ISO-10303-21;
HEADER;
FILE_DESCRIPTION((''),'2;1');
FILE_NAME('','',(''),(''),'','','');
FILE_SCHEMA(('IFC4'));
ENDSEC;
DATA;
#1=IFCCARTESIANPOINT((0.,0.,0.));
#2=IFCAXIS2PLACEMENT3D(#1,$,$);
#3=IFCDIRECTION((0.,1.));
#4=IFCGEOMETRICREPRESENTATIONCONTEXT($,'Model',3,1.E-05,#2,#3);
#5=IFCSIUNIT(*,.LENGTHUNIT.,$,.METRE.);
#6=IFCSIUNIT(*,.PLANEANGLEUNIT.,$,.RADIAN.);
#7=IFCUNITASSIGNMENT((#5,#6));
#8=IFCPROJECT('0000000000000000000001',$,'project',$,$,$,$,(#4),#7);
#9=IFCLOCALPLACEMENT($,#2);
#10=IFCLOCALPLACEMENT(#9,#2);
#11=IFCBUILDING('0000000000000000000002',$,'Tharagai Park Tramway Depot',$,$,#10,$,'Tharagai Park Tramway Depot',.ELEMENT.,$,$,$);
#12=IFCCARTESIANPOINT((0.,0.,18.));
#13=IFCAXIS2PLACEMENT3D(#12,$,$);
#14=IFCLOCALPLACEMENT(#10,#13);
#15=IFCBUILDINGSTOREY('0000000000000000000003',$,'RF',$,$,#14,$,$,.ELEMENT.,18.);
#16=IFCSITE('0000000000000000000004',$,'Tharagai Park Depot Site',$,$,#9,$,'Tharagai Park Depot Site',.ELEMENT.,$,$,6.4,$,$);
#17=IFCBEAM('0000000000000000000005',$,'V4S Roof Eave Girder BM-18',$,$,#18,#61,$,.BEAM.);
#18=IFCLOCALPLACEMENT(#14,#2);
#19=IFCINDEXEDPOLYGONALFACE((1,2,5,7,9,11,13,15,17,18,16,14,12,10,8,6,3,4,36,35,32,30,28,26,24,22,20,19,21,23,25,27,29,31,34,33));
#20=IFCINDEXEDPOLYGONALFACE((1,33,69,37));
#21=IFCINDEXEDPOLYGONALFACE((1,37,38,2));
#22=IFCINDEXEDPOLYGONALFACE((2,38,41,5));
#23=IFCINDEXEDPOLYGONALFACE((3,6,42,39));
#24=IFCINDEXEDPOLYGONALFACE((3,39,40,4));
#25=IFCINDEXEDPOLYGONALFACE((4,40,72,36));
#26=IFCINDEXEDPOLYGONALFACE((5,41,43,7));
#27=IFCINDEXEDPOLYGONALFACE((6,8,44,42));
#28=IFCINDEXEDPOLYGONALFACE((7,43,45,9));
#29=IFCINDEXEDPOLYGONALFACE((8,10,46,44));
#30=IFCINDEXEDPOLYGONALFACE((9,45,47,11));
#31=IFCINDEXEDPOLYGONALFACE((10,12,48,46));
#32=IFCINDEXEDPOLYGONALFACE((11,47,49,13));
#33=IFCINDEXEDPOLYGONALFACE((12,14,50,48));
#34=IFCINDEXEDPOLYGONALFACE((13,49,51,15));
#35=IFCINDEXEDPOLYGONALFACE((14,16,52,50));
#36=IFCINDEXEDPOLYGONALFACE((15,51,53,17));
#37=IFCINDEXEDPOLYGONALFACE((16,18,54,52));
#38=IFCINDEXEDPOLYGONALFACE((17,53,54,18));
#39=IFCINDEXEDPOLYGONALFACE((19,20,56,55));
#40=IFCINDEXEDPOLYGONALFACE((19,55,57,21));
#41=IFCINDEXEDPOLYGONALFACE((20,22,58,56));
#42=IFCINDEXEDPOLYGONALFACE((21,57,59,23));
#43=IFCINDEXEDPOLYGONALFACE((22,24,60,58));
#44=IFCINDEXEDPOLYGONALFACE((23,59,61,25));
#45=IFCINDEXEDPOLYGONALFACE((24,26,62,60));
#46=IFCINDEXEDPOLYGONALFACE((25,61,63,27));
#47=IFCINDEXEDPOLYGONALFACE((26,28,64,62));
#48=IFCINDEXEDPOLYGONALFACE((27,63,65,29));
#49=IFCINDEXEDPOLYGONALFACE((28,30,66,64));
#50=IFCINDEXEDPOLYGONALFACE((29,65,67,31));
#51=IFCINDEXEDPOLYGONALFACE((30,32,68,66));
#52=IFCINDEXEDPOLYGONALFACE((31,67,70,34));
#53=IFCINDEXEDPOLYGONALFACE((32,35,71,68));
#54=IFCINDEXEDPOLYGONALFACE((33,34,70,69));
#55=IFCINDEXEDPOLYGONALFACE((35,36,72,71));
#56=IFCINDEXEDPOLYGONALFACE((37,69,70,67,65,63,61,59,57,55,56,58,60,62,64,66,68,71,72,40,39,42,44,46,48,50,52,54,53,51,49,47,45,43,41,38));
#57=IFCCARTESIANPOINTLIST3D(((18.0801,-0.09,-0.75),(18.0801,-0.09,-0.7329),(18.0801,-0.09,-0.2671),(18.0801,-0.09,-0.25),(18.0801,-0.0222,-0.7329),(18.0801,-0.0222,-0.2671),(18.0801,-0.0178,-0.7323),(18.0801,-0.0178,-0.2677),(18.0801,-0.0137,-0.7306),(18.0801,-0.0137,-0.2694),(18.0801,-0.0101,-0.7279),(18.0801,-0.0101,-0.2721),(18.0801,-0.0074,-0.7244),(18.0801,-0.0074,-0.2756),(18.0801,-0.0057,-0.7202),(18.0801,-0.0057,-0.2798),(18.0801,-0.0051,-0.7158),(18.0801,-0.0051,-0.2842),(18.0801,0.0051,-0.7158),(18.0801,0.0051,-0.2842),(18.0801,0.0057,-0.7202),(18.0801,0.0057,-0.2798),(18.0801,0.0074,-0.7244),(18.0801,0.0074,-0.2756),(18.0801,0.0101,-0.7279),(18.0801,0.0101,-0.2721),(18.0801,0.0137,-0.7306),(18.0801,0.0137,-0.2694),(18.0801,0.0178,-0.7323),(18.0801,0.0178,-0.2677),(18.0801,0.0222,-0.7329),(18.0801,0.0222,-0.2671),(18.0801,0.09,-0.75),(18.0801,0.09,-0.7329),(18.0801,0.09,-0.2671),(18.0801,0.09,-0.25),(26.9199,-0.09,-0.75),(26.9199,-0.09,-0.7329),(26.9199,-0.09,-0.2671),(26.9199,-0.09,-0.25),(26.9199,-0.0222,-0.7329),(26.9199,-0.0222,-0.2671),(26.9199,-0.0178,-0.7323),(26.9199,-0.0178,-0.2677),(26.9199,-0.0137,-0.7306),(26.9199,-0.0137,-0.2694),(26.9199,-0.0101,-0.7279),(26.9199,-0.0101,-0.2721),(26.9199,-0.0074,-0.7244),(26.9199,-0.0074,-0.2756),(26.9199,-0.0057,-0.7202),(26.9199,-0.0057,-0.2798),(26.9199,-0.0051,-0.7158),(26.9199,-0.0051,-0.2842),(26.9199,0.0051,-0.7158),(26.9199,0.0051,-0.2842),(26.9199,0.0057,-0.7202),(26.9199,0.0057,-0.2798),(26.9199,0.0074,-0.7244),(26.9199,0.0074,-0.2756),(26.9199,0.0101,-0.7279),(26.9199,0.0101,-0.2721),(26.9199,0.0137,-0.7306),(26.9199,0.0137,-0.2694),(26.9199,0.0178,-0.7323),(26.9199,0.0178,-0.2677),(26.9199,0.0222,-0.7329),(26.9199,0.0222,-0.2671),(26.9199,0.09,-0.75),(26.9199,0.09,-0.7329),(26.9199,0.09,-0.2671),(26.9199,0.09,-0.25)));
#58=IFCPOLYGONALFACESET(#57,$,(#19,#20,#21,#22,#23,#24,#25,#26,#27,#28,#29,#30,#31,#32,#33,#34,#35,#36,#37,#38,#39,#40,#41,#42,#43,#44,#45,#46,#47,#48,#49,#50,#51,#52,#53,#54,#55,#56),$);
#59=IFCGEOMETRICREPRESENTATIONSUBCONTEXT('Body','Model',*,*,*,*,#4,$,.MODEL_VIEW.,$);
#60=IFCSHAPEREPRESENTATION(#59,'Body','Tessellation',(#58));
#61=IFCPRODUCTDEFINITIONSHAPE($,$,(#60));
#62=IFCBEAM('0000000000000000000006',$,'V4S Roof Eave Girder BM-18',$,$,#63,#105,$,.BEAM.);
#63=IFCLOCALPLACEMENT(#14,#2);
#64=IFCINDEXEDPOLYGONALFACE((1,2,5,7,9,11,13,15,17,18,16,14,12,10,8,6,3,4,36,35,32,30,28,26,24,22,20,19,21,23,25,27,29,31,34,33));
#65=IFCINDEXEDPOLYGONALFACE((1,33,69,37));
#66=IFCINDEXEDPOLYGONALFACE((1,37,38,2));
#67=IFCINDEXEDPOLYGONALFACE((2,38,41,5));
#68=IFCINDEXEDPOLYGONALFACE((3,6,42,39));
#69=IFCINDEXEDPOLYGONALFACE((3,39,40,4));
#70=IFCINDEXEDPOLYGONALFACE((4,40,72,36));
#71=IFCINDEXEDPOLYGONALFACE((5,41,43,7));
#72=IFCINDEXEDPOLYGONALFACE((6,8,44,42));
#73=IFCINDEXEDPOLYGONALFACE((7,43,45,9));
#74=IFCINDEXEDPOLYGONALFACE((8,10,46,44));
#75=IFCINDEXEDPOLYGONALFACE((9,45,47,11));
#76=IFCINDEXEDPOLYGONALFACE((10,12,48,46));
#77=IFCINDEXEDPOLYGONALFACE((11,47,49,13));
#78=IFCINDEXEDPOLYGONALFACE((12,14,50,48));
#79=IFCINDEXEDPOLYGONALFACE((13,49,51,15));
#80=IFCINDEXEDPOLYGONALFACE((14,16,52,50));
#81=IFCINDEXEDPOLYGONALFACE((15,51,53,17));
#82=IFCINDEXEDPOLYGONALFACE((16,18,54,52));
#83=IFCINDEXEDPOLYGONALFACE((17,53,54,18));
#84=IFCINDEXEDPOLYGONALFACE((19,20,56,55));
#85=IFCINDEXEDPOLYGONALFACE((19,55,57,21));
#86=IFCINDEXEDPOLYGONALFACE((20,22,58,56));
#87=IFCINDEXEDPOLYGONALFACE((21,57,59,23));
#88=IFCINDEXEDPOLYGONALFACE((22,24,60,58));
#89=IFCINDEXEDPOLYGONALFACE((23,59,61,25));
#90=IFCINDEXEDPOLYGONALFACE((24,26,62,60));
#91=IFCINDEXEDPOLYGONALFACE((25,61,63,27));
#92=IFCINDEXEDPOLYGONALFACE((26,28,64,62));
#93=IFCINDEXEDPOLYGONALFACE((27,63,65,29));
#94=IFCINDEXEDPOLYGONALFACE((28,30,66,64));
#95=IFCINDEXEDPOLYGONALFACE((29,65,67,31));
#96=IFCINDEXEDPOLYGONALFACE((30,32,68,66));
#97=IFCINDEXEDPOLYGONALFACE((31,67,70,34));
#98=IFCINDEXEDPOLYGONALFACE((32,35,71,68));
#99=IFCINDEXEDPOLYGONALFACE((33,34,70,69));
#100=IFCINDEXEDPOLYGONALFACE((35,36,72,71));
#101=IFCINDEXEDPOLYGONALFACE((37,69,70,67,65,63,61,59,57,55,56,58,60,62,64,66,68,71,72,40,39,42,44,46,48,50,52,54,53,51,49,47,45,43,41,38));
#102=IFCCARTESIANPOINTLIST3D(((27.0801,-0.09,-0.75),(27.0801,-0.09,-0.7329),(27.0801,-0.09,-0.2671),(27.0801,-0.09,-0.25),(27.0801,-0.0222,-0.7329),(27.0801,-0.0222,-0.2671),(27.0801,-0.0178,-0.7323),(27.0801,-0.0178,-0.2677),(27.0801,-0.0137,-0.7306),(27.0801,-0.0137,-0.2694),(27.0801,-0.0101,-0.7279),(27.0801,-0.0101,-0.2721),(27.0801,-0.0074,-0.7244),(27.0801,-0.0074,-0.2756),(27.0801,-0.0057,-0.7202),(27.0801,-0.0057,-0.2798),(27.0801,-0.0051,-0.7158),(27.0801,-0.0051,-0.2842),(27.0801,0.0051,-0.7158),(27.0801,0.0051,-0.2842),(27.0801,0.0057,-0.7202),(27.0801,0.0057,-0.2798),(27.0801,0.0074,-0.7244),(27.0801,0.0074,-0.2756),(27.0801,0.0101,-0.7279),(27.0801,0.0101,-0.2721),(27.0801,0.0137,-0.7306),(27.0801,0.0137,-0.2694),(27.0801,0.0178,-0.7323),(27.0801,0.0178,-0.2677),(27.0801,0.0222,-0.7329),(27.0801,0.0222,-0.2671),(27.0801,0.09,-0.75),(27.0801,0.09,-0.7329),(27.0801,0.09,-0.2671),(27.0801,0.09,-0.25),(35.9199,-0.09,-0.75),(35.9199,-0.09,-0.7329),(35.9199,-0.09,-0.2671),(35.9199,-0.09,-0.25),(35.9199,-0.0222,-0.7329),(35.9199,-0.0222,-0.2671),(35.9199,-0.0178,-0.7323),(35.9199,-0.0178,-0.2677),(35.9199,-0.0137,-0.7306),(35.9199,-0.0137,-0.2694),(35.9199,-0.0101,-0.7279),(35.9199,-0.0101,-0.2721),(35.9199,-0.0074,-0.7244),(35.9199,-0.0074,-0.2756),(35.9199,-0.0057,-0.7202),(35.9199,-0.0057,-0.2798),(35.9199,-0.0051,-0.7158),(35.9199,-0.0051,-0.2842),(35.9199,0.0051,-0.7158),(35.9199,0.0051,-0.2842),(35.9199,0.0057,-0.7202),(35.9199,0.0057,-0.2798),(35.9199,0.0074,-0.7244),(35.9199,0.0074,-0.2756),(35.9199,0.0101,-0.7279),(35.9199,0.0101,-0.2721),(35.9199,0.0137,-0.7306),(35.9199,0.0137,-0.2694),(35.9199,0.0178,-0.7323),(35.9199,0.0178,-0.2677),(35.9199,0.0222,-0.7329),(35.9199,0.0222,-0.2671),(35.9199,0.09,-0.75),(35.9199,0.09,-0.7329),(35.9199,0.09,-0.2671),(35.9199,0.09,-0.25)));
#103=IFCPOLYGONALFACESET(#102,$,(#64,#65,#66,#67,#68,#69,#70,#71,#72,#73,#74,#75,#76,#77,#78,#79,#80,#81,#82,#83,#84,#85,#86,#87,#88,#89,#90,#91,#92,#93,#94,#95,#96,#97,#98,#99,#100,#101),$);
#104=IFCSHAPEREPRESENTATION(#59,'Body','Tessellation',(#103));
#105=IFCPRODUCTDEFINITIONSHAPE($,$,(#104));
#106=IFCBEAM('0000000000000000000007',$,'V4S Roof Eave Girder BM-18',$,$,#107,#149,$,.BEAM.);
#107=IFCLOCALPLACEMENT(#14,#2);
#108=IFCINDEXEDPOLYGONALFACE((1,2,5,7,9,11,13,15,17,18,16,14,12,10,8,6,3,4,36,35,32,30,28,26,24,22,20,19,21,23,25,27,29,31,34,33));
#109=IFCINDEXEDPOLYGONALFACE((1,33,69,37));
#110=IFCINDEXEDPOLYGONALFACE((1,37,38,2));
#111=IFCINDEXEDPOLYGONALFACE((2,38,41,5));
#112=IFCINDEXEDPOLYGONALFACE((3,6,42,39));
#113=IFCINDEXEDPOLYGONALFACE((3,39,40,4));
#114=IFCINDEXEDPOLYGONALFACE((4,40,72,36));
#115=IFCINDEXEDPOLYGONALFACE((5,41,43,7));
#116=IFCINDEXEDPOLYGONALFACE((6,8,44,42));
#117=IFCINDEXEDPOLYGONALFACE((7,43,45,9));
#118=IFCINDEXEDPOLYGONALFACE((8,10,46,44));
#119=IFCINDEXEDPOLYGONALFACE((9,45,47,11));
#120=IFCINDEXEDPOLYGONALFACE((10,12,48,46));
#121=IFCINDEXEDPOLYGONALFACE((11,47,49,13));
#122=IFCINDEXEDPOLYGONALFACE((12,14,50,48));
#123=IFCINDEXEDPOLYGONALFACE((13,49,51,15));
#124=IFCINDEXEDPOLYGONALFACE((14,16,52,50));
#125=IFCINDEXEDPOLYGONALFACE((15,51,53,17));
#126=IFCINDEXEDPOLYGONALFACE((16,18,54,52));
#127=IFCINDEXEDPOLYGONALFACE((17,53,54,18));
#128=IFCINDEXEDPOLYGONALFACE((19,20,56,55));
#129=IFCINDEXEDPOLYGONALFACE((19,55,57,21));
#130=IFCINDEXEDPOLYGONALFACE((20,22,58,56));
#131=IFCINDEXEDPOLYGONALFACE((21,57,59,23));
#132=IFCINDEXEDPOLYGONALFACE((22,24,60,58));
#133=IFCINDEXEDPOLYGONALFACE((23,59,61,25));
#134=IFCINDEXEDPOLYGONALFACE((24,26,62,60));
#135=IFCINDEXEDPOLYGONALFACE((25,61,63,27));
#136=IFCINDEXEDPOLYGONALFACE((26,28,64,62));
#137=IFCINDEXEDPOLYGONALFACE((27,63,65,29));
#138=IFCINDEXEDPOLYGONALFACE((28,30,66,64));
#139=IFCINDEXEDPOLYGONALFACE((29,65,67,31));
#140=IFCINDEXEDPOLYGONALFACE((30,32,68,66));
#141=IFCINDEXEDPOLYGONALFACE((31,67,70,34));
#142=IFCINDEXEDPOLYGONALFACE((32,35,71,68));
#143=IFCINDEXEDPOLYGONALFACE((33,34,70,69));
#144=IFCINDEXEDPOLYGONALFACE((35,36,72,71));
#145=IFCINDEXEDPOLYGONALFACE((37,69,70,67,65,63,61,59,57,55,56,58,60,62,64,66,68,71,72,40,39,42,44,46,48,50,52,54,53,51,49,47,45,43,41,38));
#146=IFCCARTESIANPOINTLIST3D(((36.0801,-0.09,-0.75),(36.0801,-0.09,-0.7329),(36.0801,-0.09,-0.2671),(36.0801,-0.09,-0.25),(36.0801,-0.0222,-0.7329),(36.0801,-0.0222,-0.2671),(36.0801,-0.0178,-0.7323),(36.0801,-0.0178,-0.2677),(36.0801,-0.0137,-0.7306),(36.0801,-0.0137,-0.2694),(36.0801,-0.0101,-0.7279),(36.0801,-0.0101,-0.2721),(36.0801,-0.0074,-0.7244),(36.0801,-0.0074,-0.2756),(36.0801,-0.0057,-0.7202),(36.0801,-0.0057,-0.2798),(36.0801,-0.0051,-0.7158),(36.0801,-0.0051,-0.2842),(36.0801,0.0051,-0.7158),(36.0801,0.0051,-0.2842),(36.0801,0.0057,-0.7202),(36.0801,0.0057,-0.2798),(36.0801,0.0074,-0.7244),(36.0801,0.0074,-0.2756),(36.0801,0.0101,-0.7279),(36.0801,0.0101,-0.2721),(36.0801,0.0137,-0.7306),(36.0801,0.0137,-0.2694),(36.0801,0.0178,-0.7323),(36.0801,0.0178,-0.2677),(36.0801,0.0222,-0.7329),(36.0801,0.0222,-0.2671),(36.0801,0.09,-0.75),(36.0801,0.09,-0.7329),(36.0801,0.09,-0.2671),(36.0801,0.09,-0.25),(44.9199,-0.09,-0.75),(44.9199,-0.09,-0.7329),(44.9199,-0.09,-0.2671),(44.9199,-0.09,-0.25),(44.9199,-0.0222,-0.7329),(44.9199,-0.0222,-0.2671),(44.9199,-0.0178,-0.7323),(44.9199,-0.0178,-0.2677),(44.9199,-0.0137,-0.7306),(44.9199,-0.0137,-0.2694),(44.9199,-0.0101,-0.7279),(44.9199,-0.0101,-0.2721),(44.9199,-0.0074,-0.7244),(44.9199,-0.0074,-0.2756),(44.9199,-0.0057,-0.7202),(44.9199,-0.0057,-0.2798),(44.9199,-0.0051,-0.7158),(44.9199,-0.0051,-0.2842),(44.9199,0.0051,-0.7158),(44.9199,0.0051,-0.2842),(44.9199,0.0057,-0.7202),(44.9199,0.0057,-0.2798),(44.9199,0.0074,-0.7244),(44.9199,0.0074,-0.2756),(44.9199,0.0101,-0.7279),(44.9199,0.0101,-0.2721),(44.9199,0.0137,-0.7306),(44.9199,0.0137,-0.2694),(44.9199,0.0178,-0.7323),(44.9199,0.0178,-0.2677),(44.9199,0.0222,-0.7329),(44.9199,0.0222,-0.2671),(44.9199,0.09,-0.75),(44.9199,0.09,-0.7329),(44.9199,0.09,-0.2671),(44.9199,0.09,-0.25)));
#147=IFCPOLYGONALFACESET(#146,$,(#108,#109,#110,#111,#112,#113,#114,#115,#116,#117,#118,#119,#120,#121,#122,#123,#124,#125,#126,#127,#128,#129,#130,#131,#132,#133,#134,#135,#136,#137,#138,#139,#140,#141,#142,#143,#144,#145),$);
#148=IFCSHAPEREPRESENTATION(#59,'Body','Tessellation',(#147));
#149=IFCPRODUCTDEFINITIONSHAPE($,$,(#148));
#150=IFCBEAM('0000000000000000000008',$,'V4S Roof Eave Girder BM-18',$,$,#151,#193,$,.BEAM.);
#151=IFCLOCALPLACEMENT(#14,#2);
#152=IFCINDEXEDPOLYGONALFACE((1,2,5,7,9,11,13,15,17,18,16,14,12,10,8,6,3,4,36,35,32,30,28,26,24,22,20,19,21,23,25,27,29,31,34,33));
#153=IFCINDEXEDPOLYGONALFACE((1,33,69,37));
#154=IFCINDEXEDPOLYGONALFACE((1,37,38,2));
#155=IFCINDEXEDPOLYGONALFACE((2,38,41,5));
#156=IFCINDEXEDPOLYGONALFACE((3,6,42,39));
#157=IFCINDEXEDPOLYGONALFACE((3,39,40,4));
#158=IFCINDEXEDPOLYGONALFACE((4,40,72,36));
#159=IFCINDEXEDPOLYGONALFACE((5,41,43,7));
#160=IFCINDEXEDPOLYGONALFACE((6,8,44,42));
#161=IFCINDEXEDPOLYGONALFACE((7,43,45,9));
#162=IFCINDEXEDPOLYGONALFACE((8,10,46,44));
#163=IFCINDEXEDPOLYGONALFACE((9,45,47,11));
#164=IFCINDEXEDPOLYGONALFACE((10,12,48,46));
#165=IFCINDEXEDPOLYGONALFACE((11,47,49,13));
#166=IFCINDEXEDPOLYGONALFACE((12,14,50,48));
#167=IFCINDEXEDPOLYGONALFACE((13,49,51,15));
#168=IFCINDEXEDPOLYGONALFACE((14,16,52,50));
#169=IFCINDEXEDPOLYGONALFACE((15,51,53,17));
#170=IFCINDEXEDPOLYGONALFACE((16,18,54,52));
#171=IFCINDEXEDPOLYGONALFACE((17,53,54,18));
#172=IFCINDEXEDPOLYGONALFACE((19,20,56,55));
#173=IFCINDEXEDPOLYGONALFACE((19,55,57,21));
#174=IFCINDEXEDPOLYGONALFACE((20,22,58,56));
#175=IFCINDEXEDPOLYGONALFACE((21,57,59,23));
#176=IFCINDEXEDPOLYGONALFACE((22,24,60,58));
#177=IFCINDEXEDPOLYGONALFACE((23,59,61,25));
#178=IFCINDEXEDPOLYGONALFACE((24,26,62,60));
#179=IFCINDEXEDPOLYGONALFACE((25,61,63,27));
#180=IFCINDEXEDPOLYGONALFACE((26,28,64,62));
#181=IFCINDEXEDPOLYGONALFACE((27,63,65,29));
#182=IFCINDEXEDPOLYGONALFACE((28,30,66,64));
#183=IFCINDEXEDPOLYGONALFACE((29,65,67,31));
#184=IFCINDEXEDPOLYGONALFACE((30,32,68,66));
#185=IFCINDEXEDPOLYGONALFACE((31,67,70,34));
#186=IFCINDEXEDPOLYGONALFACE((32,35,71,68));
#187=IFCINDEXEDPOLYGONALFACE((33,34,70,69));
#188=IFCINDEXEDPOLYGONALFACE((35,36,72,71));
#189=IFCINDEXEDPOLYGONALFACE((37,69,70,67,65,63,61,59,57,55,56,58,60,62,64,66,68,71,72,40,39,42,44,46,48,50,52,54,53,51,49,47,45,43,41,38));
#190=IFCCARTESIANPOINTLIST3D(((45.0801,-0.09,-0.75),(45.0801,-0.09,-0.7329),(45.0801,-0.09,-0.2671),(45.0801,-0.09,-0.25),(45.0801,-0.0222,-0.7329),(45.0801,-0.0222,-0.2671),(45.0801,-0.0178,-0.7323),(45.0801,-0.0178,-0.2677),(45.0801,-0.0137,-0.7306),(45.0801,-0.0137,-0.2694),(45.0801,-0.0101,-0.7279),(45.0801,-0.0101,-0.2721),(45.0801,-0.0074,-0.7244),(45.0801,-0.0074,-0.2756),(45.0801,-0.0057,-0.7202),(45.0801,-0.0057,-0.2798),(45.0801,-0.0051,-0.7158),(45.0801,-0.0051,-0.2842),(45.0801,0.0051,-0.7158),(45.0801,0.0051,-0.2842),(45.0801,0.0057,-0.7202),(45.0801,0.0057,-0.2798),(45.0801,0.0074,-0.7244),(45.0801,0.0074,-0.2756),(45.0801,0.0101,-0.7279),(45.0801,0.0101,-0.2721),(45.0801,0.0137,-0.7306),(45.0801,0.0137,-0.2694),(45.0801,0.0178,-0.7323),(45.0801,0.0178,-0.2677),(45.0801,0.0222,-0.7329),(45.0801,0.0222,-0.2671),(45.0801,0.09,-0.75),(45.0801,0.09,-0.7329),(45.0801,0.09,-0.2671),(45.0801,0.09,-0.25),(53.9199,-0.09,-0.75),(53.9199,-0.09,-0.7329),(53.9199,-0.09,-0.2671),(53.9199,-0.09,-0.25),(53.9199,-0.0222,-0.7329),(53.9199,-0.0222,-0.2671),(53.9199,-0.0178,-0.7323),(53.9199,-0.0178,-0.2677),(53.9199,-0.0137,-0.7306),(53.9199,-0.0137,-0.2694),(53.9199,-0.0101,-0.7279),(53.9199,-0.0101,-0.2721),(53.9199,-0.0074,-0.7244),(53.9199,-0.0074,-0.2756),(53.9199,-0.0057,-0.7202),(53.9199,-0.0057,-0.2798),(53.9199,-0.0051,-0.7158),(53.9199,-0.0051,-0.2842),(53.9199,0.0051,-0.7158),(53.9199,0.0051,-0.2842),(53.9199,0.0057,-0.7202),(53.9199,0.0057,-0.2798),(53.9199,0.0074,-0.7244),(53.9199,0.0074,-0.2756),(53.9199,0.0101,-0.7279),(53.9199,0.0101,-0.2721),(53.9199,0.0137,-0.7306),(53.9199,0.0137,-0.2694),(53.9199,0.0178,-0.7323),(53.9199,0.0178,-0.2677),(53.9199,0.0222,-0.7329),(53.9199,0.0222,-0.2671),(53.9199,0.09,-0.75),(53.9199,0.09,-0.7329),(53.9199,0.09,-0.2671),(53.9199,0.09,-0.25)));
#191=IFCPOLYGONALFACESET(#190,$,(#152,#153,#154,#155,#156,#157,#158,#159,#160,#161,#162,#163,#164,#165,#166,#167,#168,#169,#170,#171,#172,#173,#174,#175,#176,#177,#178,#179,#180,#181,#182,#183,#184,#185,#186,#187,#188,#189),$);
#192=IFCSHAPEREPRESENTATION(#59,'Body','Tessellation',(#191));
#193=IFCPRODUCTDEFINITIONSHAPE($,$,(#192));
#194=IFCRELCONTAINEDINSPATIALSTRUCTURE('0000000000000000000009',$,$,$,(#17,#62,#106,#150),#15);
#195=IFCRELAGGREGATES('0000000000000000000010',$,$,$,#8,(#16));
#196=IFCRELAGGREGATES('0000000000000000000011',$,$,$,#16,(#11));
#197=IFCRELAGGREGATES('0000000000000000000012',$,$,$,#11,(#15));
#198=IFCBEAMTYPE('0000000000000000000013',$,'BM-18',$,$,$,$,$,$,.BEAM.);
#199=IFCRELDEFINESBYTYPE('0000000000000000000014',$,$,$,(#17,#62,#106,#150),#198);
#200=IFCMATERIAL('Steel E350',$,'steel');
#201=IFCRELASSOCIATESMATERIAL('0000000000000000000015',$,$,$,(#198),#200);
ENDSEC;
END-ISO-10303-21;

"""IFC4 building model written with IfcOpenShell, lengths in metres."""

from ifc_helpers import new_model, si_unit, direction, frame, origin, origin_2d, place, context, subcontext, project, spatial, i_section, extrude, material, material_profile, profile_set, type_object, element, save


model = new_model("IFC4")

# Units and contexts
model_context = context("Model", 3, precision=1e-05, world=origin(), true_north=direction((0.0, 1.0)))
body_context = subcontext(model_context, "Body", "Model", "MODEL_VIEW")
ifc_project = project(units=[si_unit("LENGTHUNIT", "METRE"), si_unit("PLANEANGLEUNIT", "RADIAN")], contexts=[model_context])

# Site, building, storey
site_placement = place(None, origin())
site = spatial("IfcSite", under=ifc_project, at=site_placement, Name="Tharagai Park Depot Site", LongName="Tharagai Park Depot Site", CompositionType="ELEMENT", RefElevation=6.4)
building_placement = place(site_placement, origin())
building = spatial("IfcBuilding", under=site, at=building_placement, Name="Tharagai Park Tramway Depot", LongName="Tharagai Park Tramway Depot", CompositionType="ELEMENT")
storey_placement = place(building_placement, frame((0.0, 0.0, 18.0)))
storey = spatial("IfcBuildingStorey", under=building, at=storey_placement, Name="RF", CompositionType="ELEMENT", Elevation=18.0)

# Beams
ifc_material_1 = material(Name="Steel E350", Category="steel")
ifc_material_profile_1 = material_profile(ifc_material_1, i_section(OverallWidth=0.1799, OverallDepth=0.5, WebThickness=0.0103, FlangeThickness=0.0171, FilletRadius=0.0171, at=origin_2d()), Name="ISMB 500")
ifc_profile_set_1 = profile_set([ifc_material_profile_1], Name="Steel E350")
beam_type = type_object("IfcBeamType", Name="BM-18", PredefinedType="BEAM", material=ifc_profile_set_1)
for number, where, z_axis, x_axis, name in (
    (1, (18.0801, 0.0, -0.5), (1.0, 0.0, 0.0), (0.0, 1.0, 0.0), "V4S Roof Eave Girder BM-18"),
    (2, (27.0801, 0.0, -0.5), (1.0, 0.0, 0.0), (0.0, 1.0, 0.0), "V4S Roof Eave Girder BM-18"),
    (3, (36.0801, 0.0, -0.5), (1.0, 0.0, 0.0), (0.0, 1.0, 0.0), "V4S Roof Eave Girder BM-18"),
    (4, (45.0801, 0.0, -0.5), (1.0, 0.0, 0.0), (0.0, 1.0, 0.0), "V4S Roof Eave Girder BM-18"),
):
    element("IfcBeam", number, at=place(storey_placement, frame(where, z_axis=z_axis, x_axis=x_axis)), inside=storey, type_object=beam_type, Name=name, PredefinedType="BEAM", context=body_context, shape_type="SweptSolid", body=[
        extrude(i_section(OverallWidth=0.1799, OverallDepth=0.5, WebThickness=0.0103, FlangeThickness=0.0171, FilletRadius=0.0171, at=origin_2d()), origin(), (0.0, 0.0, 1.0), 8.8398),
    ])

save(model, "model.ifc")
